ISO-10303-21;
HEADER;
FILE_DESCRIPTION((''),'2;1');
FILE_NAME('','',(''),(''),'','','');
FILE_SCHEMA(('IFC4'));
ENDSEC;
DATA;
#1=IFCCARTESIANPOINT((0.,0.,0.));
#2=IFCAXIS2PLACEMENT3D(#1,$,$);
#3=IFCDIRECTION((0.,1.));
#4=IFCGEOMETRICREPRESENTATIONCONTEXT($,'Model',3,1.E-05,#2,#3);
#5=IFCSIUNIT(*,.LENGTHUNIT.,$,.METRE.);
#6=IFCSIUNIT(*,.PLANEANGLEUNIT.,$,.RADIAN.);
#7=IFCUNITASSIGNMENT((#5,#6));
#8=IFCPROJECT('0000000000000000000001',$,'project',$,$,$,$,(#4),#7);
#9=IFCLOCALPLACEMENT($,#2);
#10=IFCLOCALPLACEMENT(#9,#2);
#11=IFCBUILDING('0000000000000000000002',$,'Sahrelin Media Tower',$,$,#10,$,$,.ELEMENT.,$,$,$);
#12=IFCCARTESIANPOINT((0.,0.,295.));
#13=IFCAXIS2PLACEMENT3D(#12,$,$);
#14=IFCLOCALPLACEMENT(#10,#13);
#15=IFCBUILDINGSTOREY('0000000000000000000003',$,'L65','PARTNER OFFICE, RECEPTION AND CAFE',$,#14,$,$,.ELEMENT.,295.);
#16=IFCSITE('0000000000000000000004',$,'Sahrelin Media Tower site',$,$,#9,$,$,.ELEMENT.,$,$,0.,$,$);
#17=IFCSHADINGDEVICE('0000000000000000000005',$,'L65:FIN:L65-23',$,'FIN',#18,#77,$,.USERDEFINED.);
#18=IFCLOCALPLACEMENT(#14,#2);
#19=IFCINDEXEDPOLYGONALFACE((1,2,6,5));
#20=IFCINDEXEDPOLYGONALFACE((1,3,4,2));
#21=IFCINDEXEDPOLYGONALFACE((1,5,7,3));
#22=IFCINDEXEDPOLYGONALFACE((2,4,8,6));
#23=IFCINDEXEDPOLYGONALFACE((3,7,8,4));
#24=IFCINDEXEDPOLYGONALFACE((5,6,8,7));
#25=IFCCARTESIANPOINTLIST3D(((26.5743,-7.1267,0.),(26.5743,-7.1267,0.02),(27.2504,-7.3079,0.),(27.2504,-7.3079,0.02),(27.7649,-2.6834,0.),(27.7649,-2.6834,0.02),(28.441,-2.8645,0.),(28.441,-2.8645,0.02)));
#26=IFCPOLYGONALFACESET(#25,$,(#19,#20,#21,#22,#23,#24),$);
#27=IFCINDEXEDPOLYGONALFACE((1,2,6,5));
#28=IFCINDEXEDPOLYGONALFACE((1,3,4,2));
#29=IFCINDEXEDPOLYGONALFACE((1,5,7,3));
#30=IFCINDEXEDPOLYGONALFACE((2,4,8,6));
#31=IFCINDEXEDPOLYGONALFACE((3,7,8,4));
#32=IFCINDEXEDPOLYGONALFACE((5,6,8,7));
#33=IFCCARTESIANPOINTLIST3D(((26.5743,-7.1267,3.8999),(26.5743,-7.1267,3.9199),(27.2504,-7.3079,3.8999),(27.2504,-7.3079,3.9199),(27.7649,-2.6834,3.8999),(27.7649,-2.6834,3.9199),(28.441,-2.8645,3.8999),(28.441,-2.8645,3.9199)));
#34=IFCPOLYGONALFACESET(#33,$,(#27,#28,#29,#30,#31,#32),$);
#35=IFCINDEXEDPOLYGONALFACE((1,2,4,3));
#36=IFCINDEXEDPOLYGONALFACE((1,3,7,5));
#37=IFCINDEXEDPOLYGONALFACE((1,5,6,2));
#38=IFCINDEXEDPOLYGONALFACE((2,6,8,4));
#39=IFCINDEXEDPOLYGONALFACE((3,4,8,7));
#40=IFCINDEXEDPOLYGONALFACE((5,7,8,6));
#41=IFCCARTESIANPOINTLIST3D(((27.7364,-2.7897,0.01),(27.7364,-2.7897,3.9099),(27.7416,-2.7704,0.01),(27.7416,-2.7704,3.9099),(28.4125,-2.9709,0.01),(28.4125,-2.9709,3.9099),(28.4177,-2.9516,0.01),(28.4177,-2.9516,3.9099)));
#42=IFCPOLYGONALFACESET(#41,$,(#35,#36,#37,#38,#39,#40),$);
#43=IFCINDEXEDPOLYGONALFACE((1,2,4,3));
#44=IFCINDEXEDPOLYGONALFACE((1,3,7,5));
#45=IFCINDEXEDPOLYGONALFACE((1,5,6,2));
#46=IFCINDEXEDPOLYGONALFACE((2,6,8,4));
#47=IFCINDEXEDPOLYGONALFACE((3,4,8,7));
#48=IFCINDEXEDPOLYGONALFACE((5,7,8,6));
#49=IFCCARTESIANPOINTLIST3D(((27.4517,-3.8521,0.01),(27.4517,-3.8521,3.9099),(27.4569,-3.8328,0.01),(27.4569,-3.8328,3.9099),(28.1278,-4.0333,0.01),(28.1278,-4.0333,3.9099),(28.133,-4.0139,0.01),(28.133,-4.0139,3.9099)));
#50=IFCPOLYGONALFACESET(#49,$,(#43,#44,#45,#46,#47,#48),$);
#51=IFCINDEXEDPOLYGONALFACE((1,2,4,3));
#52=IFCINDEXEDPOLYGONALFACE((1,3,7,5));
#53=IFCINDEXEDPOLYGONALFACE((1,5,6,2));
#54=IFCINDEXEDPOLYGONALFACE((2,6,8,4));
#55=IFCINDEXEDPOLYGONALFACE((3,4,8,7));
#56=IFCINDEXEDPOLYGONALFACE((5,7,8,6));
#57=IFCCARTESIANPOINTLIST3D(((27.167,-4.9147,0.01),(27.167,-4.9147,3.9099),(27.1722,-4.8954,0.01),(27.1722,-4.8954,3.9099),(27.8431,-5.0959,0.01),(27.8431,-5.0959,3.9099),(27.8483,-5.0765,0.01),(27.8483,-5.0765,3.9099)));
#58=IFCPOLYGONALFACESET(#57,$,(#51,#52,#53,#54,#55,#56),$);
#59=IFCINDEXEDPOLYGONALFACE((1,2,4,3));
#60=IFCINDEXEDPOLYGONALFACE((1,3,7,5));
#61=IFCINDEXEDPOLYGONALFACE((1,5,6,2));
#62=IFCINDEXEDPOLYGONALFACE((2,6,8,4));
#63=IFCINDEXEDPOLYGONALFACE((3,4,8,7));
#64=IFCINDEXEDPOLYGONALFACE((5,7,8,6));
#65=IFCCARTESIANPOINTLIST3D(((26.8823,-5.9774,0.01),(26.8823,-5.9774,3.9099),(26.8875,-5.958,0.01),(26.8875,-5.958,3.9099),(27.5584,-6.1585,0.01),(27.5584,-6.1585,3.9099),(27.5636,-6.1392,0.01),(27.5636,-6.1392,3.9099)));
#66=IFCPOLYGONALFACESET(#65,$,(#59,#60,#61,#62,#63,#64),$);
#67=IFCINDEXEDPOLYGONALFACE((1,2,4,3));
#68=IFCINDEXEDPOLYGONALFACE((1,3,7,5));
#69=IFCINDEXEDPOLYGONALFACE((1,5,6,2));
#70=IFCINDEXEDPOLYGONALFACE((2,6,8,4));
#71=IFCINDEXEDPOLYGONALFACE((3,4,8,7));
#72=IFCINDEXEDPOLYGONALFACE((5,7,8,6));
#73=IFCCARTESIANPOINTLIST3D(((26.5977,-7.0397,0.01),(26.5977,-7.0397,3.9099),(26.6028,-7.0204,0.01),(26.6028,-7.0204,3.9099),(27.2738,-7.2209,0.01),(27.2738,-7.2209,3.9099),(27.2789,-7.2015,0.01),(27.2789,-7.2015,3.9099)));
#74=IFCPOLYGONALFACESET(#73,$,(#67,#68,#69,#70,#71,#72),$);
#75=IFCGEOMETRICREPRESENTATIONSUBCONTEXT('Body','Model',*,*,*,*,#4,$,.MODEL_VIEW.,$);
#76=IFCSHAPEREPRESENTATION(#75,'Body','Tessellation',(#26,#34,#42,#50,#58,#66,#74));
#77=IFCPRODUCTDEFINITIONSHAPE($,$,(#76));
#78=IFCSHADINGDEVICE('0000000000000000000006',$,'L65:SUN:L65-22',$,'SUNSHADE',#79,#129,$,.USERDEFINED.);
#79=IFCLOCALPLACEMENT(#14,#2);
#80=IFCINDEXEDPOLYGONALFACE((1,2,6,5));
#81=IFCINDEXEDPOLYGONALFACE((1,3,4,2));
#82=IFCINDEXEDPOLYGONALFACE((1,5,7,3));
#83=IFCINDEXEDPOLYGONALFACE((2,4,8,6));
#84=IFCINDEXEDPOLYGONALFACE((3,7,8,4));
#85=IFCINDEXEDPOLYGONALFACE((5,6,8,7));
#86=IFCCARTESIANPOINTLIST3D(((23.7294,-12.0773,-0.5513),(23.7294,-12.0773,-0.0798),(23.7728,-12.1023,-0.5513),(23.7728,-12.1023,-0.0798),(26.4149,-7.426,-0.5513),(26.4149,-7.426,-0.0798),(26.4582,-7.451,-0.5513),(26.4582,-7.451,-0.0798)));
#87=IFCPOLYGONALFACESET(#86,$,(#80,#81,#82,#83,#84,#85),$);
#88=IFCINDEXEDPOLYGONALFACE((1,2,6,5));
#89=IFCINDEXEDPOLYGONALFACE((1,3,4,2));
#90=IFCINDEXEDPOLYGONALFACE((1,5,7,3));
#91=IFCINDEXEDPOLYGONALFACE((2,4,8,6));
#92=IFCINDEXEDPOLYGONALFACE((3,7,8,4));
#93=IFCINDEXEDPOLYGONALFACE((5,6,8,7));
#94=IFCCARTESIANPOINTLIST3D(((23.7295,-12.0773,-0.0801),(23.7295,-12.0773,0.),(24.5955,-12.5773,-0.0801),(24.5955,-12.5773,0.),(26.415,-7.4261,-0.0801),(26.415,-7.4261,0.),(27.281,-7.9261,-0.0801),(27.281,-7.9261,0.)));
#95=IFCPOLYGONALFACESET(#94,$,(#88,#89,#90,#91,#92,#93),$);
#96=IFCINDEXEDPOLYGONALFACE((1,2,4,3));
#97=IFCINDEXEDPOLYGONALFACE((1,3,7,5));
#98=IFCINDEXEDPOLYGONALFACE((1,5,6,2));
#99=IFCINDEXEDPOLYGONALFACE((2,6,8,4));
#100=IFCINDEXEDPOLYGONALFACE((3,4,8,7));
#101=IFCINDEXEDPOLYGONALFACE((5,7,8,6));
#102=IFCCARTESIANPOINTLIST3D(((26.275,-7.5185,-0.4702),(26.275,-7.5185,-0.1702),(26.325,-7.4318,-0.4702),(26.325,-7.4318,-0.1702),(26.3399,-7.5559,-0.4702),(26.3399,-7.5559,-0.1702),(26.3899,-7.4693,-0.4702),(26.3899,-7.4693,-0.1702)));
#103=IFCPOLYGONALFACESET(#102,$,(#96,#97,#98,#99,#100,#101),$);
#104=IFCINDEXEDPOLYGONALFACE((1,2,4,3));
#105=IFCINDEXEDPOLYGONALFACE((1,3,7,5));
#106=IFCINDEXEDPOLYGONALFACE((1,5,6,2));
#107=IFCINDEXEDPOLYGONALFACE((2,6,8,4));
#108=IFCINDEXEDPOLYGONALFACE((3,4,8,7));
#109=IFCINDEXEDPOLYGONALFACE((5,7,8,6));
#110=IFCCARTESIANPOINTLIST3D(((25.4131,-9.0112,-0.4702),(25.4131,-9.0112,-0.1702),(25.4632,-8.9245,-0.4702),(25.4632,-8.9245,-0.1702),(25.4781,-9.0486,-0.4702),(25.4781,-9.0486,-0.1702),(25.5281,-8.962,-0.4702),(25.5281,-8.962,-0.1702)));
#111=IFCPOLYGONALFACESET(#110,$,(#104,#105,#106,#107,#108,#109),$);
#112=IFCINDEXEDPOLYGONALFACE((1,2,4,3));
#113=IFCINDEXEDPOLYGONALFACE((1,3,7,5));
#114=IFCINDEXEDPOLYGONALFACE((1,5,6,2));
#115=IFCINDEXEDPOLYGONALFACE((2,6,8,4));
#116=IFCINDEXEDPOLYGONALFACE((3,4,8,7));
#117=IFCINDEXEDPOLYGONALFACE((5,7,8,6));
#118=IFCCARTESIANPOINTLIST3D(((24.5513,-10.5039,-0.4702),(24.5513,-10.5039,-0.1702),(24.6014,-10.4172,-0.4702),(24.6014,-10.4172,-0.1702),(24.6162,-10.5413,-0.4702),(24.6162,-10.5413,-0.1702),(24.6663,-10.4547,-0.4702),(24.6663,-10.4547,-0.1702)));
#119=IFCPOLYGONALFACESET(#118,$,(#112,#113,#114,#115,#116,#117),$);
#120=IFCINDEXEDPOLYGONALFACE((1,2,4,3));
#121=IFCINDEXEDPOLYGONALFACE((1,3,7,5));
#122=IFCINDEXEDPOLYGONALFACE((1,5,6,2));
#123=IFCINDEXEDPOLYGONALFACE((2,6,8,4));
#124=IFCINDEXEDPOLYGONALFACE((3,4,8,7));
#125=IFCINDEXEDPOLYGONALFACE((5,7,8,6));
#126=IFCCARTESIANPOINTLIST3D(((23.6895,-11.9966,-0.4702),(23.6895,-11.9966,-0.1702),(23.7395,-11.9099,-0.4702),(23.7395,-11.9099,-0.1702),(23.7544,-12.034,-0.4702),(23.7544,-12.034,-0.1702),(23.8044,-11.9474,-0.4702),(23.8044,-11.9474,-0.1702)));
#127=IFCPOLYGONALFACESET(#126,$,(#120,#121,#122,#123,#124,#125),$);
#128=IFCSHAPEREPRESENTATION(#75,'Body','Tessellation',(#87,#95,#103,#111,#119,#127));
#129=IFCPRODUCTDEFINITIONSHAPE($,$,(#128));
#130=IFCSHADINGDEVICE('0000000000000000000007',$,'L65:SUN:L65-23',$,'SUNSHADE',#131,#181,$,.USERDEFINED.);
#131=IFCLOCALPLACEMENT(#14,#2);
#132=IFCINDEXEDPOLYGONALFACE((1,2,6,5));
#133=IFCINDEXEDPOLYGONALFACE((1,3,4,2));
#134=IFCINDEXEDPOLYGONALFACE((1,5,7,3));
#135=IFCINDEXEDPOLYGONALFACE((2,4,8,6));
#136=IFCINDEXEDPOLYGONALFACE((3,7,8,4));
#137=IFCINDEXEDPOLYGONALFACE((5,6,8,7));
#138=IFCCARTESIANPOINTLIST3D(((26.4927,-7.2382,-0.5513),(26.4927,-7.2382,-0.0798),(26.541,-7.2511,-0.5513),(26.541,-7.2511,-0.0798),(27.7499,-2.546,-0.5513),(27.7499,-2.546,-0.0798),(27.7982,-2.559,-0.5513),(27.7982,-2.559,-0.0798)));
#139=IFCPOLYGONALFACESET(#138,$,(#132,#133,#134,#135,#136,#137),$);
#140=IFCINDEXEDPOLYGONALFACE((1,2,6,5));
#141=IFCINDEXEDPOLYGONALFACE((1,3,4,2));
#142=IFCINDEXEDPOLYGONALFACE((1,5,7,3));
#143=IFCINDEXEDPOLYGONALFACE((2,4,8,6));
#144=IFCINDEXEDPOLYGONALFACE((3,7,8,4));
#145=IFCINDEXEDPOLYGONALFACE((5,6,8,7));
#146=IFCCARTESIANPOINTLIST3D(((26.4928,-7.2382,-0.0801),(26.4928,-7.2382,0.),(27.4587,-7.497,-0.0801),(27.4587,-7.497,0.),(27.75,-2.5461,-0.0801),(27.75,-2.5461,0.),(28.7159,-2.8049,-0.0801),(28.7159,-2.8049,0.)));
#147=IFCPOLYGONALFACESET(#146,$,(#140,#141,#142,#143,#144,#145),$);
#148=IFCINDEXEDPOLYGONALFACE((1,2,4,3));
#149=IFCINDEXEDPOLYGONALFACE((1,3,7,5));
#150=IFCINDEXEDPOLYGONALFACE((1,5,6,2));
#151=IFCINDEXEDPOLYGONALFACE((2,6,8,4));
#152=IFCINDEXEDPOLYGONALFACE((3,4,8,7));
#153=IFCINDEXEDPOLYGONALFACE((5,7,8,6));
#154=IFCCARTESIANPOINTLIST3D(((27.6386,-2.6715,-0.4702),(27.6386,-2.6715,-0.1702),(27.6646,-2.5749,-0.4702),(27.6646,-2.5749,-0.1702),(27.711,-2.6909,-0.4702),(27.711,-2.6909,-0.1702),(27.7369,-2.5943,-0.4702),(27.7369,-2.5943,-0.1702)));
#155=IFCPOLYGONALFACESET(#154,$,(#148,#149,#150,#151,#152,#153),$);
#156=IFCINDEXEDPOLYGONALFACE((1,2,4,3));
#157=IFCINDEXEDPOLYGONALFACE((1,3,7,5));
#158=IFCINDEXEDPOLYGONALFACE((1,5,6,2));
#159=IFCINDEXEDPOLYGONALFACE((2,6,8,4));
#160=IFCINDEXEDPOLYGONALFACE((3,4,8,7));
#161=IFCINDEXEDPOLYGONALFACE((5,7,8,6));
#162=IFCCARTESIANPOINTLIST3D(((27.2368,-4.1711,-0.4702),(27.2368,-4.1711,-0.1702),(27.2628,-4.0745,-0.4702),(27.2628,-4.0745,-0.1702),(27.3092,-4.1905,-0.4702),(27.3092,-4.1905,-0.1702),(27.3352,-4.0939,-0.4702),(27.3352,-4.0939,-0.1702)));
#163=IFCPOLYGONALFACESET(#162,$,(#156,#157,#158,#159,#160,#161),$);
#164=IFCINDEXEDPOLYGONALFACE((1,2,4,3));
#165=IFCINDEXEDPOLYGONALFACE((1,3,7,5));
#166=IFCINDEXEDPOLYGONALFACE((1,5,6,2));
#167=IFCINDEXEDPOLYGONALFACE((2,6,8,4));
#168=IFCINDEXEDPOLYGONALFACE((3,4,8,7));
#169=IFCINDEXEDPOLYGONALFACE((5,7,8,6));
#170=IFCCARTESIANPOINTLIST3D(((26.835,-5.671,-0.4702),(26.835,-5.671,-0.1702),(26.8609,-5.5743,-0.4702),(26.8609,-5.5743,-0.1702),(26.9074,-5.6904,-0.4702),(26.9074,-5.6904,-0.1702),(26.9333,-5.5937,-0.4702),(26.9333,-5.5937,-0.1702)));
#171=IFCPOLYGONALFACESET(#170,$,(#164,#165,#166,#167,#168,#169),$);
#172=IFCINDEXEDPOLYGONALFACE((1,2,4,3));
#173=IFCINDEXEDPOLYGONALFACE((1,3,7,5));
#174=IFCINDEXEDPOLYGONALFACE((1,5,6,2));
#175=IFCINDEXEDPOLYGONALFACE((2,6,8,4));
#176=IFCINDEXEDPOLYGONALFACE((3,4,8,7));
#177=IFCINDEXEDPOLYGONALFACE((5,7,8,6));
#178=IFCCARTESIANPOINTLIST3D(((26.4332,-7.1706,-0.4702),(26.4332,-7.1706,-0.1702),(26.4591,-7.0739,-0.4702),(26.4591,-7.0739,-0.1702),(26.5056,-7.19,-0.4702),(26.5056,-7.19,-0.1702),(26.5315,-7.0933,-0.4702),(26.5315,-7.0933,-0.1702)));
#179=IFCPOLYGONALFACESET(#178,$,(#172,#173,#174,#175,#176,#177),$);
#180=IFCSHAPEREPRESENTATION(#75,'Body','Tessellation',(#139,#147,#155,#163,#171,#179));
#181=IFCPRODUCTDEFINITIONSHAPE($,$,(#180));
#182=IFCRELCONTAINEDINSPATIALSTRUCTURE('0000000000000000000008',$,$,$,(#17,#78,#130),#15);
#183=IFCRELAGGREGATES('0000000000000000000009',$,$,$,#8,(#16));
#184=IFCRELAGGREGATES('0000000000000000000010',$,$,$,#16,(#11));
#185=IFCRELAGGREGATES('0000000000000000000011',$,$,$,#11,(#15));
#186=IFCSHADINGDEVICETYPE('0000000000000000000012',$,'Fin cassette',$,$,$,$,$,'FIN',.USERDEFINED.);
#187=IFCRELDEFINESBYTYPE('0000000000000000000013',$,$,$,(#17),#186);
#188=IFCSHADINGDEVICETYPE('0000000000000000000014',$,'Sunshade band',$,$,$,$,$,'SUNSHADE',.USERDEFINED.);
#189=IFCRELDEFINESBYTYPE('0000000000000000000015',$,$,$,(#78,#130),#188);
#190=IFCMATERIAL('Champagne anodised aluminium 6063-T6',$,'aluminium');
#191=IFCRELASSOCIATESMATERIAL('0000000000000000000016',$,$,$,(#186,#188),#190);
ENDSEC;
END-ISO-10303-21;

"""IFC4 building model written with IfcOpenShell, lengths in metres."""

from ifc_helpers import new_model, si_unit, direction, frame, origin, origin_2d, place, context, subcontext, project, spatial, rectangle, extrude, material, type_object, element, save


model = new_model("IFC4")

# Units and contexts
model_context = context("Model", 3, precision=1e-05, world=origin(), true_north=direction((0.0, 1.0)))
body_context = subcontext(model_context, "Body", "Model", "MODEL_VIEW")
ifc_project = project(units=[si_unit("LENGTHUNIT", "METRE"), si_unit("PLANEANGLEUNIT", "RADIAN")], contexts=[model_context])

# Site, building, storey
site_placement = place(None, origin())
site = spatial("IfcSite", under=ifc_project, at=site_placement, Name="Sahrelin Media Tower site", CompositionType="ELEMENT", RefElevation=0.0)
building_placement = place(site_placement, origin())
building = spatial("IfcBuilding", under=site, at=building_placement, Name="Sahrelin Media Tower", CompositionType="ELEMENT")
storey_placement = place(building_placement, frame((0.0, 0.0, 295.0)))
storey = spatial("IfcBuildingStorey", under=building, at=storey_placement, Name="L65", Description="PARTNER OFFICE, RECEPTION AND CAFE", CompositionType="ELEMENT", Elevation=295.0)

# Shared definitions
ifc_material_1 = material(Name="Champagne anodised aluminium 6063-T6", Category="aluminium")

# Shading devices
shading_device_type_1 = type_object("IfcShadingDeviceType", Name="Fin cassette", ElementType="FIN", PredefinedType="USERDEFINED", material=ifc_material_1)
placement_1 = place(storey_placement, frame((25.0549, -9.7417, 0.0), z_axis=(0.0, 0.0, 1.0), x_axis=(-0.500011, -0.866019, 0.0)))
placement_2 = place(storey_placement, frame((27.1021, -4.887, 0.0), z_axis=(0.0, 0.0, 1.0), x_axis=(-0.258808, -0.965929, 0.0)))
element("IfcShadingDevice", 1, at=placement_2, inside=storey, type_object=shading_device_type_1, Name="L65:FIN:L65-23", ObjectType="FIN", PredefinedType="USERDEFINED", context=body_context, shape_type="SweptSolid", body=[
    extrude(rectangle(XDim=4.6001, YDim=0.7, at=origin_2d()), frame((0.0, 0.4199, 0.0)), (0.0, 0.0, 1.0), 0.02),
    extrude(rectangle(XDim=4.6001, YDim=0.7, at=origin_2d()), frame((0.0, 0.4199, 3.8999)), (0.0, 0.0, 1.0), 0.02),
    extrude(rectangle(XDim=0.02, YDim=0.7, at=origin_2d()), frame((-2.2, 0.4199, 0.01), z_axis=(0.0, 0.0, 1.0), x_axis=(1.0, 0.0, 0.0)), (0.0, 0.0, 1.0), 3.8999),
    extrude(rectangle(XDim=0.02, YDim=0.7, at=origin_2d()), frame((-1.1001, 0.4199, 0.01), z_axis=(0.0, 0.0, 1.0), x_axis=(1.0, 0.0, 0.0)), (0.0, 0.0, 1.0), 3.8999),
    extrude(rectangle(XDim=0.02, YDim=0.7, at=origin_2d()), frame((0.0, 0.4199, 0.01), z_axis=(0.0, 0.0, 1.0), x_axis=(1.0, 0.0, 0.0)), (0.0, 0.0, 1.0), 3.8999),
    extrude(rectangle(XDim=0.02, YDim=0.7, at=origin_2d()), frame((1.1001, 0.4199, 0.01), z_axis=(0.0, 0.0, 1.0), x_axis=(1.0, 0.0, 0.0)), (0.0, 0.0, 1.0), 3.8999),
    extrude(rectangle(XDim=0.02, YDim=0.7, at=origin_2d()), frame((2.2, 0.4199, 0.01), z_axis=(0.0, 0.0, 1.0), x_axis=(1.0, 0.0, 0.0)), (0.0, 0.0, 1.0), 3.8999),
])
shading_device_type_2 = type_object("IfcShadingDeviceType", Name="Sunshade band", ElementType="SUNSHADE", PredefinedType="USERDEFINED", material=ifc_material_1)
element("IfcShadingDevice", 2, at=placement_1, inside=storey, type_object=shading_device_type_2, Name="L65:SUN:L65-22", ObjectType="SUNSHADE", PredefinedType="USERDEFINED", context=body_context, shape_type="SweptSolid", body=[
    extrude(rectangle(XDim=5.3708, YDim=0.05, at=origin_2d()), frame((0.0, 0.0449, -0.5513)), (0.0, 0.0, 1.0), 0.4714),
    extrude(rectangle(XDim=5.3708, YDim=1.0, at=origin_2d()), frame((0.0, 0.52, -0.0801)), (0.0, 0.0, 1.0), 0.0801),
    extrude(rectangle(XDim=0.1001, YDim=0.075, at=origin_2d()), frame((-2.5854, -0.0176, -0.4702)), (0.0, 0.0, 1.0), 0.3),
    extrude(rectangle(XDim=0.1001, YDim=0.075, at=origin_2d()), frame((-0.8618, -0.0176, -0.4702)), (0.0, 0.0, 1.0), 0.3),
    extrude(rectangle(XDim=0.1001, YDim=0.075, at=origin_2d()), frame((0.8618, -0.0176, -0.4702)), (0.0, 0.0, 1.0), 0.3),
    extrude(rectangle(XDim=0.1001, YDim=0.075, at=origin_2d()), frame((2.5854, -0.0176, -0.4702)), (0.0, 0.0, 1.0), 0.3),
])
element("IfcShadingDevice", 3, at=placement_2, inside=storey, type_object=shading_device_type_2, Name="L65:SUN:L65-23", ObjectType="SUNSHADE", PredefinedType="USERDEFINED", context=body_context, shape_type="SweptSolid", body=[
    extrude(rectangle(XDim=4.8577, YDim=0.05, at=origin_2d()), frame((0.0, 0.0449, -0.5513)), (0.0, 0.0, 1.0), 0.4714),
    extrude(rectangle(XDim=4.8577, YDim=1.0, at=origin_2d()), frame((0.0, 0.52, -0.0801)), (0.0, 0.0, 1.0), 0.0801),
    extrude(rectangle(XDim=0.1001, YDim=0.075, at=origin_2d()), frame((-2.3289, -0.0176, -0.4702)), (0.0, 0.0, 1.0), 0.3),
    extrude(rectangle(XDim=0.1001, YDim=0.075, at=origin_2d()), frame((-0.7764, -0.0176, -0.4702)), (0.0, 0.0, 1.0), 0.3),
    extrude(rectangle(XDim=0.1001, YDim=0.075, at=origin_2d()), frame((0.7764, -0.0176, -0.4702)), (0.0, 0.0, 1.0), 0.3),
    extrude(rectangle(XDim=0.1001, YDim=0.075, at=origin_2d()), frame((2.3289, -0.0176, -0.4702)), (0.0, 0.0, 1.0), 0.3),
])

save(model, "model.ifc")
